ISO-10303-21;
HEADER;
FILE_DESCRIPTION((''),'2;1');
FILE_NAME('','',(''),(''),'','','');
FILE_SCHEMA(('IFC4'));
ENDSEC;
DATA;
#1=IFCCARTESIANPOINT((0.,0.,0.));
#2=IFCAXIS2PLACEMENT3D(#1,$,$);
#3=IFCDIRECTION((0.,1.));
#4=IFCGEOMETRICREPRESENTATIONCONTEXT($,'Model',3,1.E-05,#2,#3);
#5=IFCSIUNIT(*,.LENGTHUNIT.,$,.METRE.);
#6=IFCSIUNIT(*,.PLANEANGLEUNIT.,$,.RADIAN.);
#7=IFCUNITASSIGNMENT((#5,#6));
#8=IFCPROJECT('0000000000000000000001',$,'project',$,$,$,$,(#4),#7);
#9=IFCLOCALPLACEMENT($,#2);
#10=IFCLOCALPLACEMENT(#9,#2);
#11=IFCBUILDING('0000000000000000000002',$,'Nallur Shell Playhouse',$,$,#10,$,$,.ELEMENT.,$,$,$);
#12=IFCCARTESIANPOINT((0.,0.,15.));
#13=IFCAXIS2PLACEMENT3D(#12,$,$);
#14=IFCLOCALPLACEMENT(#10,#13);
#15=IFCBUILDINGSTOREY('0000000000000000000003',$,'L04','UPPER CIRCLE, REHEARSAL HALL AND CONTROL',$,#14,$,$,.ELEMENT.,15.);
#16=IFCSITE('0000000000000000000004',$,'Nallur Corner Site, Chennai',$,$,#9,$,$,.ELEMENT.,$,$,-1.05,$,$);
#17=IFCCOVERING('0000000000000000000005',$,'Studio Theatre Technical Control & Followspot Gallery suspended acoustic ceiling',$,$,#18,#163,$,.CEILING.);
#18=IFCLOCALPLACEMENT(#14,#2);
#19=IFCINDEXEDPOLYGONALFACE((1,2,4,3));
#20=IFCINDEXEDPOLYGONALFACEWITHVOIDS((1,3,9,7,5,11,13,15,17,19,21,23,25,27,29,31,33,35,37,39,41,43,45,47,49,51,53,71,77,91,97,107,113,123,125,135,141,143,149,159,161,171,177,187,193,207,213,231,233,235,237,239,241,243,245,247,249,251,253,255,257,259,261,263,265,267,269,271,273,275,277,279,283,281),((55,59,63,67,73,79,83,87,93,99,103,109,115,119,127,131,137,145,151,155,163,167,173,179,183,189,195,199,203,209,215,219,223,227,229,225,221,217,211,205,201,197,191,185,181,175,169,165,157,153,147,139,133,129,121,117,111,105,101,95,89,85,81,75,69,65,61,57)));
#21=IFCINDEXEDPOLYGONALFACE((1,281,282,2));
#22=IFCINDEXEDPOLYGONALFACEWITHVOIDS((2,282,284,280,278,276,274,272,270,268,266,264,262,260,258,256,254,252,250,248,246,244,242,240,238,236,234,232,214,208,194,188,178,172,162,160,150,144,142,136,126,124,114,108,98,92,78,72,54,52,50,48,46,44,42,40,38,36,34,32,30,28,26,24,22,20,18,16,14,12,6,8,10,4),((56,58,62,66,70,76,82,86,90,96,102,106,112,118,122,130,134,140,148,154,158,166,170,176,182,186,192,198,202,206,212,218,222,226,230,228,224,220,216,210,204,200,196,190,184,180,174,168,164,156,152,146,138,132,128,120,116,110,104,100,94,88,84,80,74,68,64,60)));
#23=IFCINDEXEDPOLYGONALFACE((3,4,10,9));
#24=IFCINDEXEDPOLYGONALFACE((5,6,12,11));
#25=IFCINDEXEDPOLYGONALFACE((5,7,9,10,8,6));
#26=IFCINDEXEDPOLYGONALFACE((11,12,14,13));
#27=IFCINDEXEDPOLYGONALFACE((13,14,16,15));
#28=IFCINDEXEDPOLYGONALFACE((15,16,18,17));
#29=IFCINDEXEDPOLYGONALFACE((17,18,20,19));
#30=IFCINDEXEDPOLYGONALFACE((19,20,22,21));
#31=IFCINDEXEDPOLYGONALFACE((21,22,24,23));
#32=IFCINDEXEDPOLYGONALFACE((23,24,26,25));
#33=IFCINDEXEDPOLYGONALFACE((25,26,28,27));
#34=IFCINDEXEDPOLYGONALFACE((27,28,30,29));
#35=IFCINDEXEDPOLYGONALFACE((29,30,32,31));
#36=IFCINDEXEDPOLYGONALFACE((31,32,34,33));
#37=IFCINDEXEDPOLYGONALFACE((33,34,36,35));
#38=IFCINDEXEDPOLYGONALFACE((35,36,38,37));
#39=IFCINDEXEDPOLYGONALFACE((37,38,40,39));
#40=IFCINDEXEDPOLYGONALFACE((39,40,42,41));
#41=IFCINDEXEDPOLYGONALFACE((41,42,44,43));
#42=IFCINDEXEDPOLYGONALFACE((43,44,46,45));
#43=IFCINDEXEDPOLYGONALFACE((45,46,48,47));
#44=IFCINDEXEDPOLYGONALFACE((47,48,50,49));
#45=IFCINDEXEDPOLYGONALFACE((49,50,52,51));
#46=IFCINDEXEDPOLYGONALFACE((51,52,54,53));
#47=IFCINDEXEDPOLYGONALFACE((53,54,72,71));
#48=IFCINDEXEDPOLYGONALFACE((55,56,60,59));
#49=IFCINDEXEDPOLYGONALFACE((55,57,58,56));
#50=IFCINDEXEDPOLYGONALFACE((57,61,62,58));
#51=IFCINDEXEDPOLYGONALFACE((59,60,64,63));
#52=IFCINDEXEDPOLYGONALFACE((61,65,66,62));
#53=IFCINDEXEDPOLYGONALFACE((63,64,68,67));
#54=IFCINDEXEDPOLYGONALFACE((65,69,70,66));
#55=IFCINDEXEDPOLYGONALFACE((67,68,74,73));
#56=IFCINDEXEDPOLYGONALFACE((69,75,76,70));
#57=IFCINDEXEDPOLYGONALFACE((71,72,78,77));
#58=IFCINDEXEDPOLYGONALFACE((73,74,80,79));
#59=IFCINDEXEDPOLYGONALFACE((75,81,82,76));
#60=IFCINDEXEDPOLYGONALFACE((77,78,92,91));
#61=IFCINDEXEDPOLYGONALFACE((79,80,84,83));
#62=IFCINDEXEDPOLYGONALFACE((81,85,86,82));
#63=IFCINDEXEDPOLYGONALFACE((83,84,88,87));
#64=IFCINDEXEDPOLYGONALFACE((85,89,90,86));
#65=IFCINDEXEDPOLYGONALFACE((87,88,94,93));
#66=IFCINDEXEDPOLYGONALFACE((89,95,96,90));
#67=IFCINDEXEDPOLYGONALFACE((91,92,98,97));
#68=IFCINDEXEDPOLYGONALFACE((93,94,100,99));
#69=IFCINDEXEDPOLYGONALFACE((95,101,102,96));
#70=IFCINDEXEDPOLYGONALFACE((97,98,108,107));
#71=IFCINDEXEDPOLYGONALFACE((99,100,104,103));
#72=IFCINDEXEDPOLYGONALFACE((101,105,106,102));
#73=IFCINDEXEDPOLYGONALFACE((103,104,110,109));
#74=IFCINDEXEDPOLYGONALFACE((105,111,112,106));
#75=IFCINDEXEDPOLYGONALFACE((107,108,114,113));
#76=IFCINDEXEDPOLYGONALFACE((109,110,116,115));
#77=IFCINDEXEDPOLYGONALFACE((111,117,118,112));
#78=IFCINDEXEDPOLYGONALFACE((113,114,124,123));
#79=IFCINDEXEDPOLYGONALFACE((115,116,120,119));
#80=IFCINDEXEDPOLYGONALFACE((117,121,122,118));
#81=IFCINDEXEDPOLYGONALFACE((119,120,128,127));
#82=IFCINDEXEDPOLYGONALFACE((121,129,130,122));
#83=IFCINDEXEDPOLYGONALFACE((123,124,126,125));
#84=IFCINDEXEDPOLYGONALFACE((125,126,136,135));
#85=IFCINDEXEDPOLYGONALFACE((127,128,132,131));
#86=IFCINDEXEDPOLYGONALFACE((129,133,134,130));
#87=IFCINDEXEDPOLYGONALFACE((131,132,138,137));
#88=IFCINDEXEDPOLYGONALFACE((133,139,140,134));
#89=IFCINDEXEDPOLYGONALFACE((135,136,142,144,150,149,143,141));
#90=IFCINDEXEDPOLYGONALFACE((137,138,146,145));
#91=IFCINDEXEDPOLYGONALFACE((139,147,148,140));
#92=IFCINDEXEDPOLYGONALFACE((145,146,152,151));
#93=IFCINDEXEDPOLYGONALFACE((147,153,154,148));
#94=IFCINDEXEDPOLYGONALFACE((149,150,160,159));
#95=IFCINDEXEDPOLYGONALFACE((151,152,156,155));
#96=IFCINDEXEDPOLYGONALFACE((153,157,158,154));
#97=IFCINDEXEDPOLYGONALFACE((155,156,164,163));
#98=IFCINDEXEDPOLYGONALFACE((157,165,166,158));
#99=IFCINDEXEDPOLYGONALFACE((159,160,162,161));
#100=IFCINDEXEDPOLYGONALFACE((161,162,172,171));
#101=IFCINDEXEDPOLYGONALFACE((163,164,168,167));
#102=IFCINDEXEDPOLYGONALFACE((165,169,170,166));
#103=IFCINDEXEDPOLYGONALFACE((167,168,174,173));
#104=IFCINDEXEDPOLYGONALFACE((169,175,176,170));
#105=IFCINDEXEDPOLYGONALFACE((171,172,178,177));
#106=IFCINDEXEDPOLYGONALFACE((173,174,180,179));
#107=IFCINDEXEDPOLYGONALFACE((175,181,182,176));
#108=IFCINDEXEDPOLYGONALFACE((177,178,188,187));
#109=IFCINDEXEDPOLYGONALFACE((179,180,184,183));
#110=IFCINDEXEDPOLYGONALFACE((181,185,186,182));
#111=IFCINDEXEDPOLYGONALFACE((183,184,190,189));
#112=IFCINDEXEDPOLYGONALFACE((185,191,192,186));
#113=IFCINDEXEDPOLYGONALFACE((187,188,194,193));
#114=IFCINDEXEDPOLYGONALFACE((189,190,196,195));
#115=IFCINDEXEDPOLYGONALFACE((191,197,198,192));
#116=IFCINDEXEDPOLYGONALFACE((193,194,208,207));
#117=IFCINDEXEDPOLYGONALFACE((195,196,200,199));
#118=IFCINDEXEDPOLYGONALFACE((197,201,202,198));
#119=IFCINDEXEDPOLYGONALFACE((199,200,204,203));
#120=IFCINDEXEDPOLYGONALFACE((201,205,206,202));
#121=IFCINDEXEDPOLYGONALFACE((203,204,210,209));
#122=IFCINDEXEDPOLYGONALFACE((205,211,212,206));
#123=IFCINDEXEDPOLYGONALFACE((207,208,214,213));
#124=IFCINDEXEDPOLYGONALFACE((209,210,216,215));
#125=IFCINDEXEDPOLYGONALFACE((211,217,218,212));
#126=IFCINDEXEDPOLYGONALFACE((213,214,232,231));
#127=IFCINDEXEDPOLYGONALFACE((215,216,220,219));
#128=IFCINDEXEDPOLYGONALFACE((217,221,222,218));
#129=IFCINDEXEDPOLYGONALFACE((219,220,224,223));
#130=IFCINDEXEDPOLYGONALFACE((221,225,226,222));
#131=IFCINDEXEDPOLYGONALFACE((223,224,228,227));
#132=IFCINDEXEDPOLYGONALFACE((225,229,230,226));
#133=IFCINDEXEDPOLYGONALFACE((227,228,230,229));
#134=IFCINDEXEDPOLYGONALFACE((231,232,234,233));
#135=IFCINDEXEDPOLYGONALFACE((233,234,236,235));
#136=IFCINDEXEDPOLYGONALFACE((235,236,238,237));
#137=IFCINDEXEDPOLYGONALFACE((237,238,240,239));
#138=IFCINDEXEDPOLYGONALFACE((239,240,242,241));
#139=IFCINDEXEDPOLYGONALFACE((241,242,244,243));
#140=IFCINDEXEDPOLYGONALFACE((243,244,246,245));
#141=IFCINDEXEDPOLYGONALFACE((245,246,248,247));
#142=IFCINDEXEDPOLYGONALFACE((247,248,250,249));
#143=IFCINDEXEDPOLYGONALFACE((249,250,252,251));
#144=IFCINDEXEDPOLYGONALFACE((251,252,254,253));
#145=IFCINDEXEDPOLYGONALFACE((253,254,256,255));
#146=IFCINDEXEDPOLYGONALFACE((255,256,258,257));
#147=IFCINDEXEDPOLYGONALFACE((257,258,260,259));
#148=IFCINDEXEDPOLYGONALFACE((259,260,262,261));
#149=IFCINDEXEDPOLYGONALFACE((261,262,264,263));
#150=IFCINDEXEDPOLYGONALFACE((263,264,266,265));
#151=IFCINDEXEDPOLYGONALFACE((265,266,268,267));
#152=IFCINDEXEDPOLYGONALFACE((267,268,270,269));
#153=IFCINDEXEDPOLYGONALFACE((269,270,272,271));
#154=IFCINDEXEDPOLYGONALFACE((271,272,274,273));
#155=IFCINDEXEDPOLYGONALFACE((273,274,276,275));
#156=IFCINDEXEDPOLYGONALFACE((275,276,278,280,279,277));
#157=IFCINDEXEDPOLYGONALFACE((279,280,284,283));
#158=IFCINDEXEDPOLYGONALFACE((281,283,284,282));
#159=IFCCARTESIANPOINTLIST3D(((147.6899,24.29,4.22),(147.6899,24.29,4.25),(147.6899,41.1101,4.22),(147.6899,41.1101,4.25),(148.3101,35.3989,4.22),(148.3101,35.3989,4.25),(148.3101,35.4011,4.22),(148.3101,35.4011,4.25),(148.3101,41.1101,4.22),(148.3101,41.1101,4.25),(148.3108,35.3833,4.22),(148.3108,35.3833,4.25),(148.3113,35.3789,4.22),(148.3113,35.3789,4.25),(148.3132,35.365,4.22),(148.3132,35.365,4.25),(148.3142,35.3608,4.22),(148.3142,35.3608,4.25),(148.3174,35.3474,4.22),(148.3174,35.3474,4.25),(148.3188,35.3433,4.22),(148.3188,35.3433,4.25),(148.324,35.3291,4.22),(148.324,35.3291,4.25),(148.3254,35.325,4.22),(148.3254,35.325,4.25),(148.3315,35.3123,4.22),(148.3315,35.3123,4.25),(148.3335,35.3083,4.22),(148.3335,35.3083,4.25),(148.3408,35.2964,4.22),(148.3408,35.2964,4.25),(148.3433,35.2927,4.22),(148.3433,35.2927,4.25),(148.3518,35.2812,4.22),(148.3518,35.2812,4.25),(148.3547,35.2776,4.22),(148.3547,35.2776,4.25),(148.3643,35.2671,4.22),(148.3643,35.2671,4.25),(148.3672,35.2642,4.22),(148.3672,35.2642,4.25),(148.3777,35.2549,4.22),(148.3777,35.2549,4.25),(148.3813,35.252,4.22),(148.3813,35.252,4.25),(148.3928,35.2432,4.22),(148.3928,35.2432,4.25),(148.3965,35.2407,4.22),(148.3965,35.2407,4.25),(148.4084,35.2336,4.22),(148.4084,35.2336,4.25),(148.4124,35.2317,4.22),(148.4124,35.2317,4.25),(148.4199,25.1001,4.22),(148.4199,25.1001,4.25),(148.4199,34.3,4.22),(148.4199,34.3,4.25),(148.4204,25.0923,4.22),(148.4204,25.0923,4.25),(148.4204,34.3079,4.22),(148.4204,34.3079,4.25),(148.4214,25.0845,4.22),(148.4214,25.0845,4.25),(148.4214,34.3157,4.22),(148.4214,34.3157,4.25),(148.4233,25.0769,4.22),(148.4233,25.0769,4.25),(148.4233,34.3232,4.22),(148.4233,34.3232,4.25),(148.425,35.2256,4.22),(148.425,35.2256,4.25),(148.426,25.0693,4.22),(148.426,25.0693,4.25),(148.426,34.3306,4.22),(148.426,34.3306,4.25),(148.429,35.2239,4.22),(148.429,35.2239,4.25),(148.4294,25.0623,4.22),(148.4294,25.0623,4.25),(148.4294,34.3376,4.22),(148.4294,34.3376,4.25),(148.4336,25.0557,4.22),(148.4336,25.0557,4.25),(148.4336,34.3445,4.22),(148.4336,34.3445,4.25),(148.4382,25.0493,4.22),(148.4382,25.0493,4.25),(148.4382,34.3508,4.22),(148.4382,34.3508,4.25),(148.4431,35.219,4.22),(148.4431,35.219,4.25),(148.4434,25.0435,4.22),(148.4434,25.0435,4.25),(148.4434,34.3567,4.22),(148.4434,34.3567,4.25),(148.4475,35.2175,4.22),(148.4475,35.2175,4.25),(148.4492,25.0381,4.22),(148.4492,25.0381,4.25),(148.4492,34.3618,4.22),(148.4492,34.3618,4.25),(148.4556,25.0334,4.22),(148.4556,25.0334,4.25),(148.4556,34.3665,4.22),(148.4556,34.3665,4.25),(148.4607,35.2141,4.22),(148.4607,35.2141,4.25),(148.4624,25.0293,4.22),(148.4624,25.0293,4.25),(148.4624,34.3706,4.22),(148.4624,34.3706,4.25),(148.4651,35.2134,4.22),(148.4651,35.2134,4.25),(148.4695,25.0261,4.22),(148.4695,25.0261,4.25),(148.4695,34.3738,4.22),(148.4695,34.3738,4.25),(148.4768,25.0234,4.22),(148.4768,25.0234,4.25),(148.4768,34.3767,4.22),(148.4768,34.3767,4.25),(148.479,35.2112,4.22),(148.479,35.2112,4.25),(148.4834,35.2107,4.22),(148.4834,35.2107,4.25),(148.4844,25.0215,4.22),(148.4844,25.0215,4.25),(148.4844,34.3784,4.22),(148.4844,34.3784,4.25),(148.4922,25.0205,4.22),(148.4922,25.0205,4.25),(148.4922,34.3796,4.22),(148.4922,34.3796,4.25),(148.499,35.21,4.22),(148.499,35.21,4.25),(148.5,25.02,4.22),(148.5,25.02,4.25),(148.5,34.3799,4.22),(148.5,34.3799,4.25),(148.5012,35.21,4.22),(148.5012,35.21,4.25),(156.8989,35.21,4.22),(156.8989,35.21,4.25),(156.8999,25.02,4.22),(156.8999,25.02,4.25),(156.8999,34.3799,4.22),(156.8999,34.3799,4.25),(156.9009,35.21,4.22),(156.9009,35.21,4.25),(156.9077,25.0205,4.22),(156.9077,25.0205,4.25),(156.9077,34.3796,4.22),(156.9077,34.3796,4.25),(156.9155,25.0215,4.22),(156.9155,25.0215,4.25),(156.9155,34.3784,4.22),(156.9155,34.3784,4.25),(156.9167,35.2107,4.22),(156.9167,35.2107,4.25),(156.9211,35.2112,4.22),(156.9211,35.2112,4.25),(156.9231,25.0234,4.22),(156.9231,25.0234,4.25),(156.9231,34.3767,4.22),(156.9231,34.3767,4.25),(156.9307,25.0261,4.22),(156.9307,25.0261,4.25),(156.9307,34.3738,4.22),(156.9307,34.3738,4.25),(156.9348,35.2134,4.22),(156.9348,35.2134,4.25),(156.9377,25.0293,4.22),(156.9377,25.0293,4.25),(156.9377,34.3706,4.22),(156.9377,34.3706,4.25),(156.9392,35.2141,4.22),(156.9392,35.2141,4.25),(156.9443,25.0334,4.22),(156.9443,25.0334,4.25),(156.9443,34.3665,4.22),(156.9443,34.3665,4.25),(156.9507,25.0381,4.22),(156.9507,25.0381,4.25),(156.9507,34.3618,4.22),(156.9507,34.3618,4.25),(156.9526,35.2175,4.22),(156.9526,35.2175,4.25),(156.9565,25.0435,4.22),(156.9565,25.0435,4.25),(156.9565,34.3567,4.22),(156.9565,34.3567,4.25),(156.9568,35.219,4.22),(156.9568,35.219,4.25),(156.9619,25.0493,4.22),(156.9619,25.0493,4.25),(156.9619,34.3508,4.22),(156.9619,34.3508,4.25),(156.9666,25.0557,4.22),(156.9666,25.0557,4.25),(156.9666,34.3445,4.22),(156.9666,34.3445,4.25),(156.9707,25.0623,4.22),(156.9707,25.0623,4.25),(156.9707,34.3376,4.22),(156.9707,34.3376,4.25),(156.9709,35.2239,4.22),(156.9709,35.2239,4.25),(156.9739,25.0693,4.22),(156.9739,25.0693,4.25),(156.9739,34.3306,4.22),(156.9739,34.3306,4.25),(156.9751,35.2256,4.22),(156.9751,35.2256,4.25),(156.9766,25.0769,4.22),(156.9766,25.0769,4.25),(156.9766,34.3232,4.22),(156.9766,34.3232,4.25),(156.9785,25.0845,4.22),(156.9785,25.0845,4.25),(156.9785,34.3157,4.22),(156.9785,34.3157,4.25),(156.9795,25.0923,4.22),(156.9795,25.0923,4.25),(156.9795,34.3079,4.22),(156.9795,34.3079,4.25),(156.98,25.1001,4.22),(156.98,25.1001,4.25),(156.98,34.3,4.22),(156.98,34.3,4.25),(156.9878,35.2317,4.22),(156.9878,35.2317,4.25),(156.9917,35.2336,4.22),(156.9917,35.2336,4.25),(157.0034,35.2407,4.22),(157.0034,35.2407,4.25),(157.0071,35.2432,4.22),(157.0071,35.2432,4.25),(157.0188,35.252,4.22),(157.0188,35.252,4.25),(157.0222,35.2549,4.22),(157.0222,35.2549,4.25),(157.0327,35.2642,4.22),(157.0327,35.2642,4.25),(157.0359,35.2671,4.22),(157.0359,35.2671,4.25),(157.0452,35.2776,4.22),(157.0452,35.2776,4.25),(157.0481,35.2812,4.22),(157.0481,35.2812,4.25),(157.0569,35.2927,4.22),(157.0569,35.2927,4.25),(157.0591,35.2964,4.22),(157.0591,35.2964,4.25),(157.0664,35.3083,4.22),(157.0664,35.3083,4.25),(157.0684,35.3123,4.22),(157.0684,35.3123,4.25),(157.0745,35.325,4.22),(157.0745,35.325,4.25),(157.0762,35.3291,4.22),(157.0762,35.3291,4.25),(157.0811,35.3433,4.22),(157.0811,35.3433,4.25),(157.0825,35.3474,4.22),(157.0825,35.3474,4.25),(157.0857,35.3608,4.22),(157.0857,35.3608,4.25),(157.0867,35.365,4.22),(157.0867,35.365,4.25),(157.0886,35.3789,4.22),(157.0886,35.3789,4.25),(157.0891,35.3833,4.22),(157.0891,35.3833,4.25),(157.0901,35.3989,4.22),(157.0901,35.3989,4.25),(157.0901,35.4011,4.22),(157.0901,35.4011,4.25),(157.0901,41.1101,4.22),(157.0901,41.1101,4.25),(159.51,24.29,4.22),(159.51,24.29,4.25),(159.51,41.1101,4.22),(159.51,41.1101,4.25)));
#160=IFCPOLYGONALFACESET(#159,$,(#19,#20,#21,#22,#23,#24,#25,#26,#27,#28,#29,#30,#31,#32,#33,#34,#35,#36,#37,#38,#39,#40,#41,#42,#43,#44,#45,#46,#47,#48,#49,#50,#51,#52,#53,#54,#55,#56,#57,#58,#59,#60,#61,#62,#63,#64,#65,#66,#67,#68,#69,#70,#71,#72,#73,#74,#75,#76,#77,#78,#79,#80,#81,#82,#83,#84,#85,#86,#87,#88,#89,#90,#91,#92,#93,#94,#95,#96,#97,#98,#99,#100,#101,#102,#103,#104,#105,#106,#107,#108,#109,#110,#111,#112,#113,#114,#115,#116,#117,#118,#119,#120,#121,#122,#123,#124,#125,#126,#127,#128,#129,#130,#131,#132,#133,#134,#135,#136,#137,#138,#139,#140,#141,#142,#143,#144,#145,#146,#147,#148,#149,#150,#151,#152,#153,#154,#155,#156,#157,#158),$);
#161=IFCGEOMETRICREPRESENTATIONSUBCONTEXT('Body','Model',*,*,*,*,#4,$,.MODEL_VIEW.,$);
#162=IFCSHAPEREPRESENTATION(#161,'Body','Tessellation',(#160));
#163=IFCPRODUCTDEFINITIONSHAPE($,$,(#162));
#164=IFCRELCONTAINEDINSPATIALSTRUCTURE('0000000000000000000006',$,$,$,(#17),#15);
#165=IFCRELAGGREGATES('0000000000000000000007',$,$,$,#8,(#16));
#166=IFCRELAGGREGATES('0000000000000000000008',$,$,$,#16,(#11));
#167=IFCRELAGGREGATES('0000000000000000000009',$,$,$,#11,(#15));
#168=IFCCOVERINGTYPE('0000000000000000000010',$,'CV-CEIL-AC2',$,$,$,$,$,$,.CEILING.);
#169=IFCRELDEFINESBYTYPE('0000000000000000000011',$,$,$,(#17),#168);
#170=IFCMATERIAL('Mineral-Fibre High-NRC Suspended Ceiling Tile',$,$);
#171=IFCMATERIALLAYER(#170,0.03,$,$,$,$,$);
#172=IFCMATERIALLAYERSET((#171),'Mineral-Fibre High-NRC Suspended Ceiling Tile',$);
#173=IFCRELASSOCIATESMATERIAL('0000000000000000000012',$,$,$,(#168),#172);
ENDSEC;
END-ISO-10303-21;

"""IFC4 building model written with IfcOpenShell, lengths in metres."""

from ifc_helpers import new_model, si_unit, direction, frame, origin, place, context, subcontext, project, spatial, polyline, outline, extrude, material, layer, layer_set, type_object, element, save


model = new_model("IFC4")

# Units and contexts
model_context = context("Model", 3, precision=1e-05, world=origin(), true_north=direction((0.0, 1.0)))
body_context = subcontext(model_context, "Body", "Model", "MODEL_VIEW")
ifc_project = project(units=[si_unit("LENGTHUNIT", "METRE"), si_unit("PLANEANGLEUNIT", "RADIAN")], contexts=[model_context])

# Site, building, storey
site_placement = place(None, origin())
site = spatial("IfcSite", under=ifc_project, at=site_placement, Name="Nallur Corner Site, Chennai", CompositionType="ELEMENT", RefElevation=-1.05)
building_placement = place(site_placement, origin())
building = spatial("IfcBuilding", under=site, at=building_placement, Name="Nallur Shell Playhouse", CompositionType="ELEMENT")
storey_placement = place(building_placement, frame((0.0, 0.0, 15.0)))
storey = spatial("IfcBuildingStorey", under=building, at=storey_placement, Name="L04", Description="UPPER CIRCLE, REHEARSAL HALL AND CONTROL", CompositionType="ELEMENT", Elevation=15.0)

# Covering
ifc_material_1 = material(Name="Mineral-Fibre High-NRC Suspended Ceiling Tile")
ifc_layer_1 = layer(ifc_material_1, 0.03)
ifc_layer_set_1 = layer_set([ifc_layer_1], Name="Mineral-Fibre High-NRC Suspended Ceiling Tile")
covering_type_1 = type_object("IfcCoveringType", Name="CV-CEIL-AC2", PredefinedType="CEILING", material=ifc_layer_set_1)
covering_1_placement = place(storey_placement, frame((0.0, 0.0, 4.22)))
element("IfcCovering", 1, at=covering_1_placement, inside=storey, type_object=covering_type_1, Name="Studio Theatre Technical Control & Followspot Gallery suspended acoustic ceiling", PredefinedType="CEILING", context=body_context, shape_type="SweptSolid", body=[
    extrude(outline(polyline([(148.3132, 35.365), (148.3142, 35.3608), (148.3174, 35.3474), (148.3188, 35.3433), (148.324, 35.3291), (148.3254, 35.325), (148.3315, 35.3123), (148.3335, 35.3083), (148.3408, 35.2964), (148.3433, 35.2927), (148.3518, 35.2812), (148.3547, 35.2776), (148.3643, 35.2671), (148.3672, 35.2642), (148.3777, 35.2549), (148.3813, 35.252), (148.3928, 35.2432), (148.3965, 35.2407), (148.4084, 35.2336), (148.4124, 35.2317), (148.425, 35.2256), (148.429, 35.2239), (148.4431, 35.219), (148.4475, 35.2175), (148.4607, 35.2141), (148.4651, 35.2134), (148.479, 35.2112), (148.4834, 35.2107), (148.499, 35.21), (148.5012, 35.21), (156.8989, 35.21), (156.9009, 35.21), (156.9167, 35.2107), (156.9211, 35.2112), (156.9348, 35.2134), (156.9392, 35.2141), (156.9526, 35.2175), (156.9568, 35.219), (156.9709, 35.2239), (156.9751, 35.2256), (156.9878, 35.2317), (156.9917, 35.2336), (157.0034, 35.2407), (157.0071, 35.2432), (157.0188, 35.252), (157.0222, 35.2549), (157.0327, 35.2642), (157.0359, 35.2671), (157.0452, 35.2776), (157.0481, 35.2812), (157.0569, 35.2927), (157.0591, 35.2964), (157.0664, 35.3083), (157.0684, 35.3123), (157.0745, 35.325), (157.0762, 35.3291), (157.0811, 35.3433), (157.0825, 35.3474), (157.0857, 35.3608), (157.0867, 35.365), (157.0886, 35.3789), (157.0891, 35.3833), (157.0901, 35.3989), (157.0901, 35.4011), (157.0901, 41.1101), (159.51, 41.1101), (159.51, 24.29), (147.6899, 24.29), (147.6899, 41.1101), (148.3101, 41.1101), (148.3101, 35.4011), (148.3101, 35.3989), (148.3108, 35.3833), (148.3113, 35.3789), (148.3132, 35.365)]), holes=[polyline([(156.9155, 25.0215), (156.9231, 25.0234), (156.9307, 25.0261), (156.9377, 25.0293), (156.9443, 25.0334), (156.9507, 25.0381), (156.9565, 25.0435), (156.9619, 25.0493), (156.9666, 25.0557), (156.9707, 25.0623), (156.9739, 25.0693), (156.9766, 25.0769), (156.9785, 25.0845), (156.9795, 25.0923), (156.98, 25.1001), (156.98, 34.3), (156.9795, 34.3079), (156.9785, 34.3157), (156.9766, 34.3232), (156.9739, 34.3306), (156.9707, 34.3376), (156.9666, 34.3445), (156.9619, 34.3508), (156.9565, 34.3567), (156.9507, 34.3618), (156.9443, 34.3665), (156.9377, 34.3706), (156.9307, 34.3738), (156.9231, 34.3767), (156.9155, 34.3784), (156.9077, 34.3796), (156.8999, 34.3799), (148.5, 34.3799), (148.4922, 34.3796), (148.4844, 34.3784), (148.4768, 34.3767), (148.4695, 34.3738), (148.4624, 34.3706), (148.4556, 34.3665), (148.4492, 34.3618), (148.4434, 34.3567), (148.4382, 34.3508), (148.4336, 34.3445), (148.4294, 34.3376), (148.426, 34.3306), (148.4233, 34.3232), (148.4214, 34.3157), (148.4204, 34.3079), (148.4199, 34.3), (148.4199, 25.1001), (148.4204, 25.0923), (148.4214, 25.0845), (148.4233, 25.0769), (148.426, 25.0693), (148.4294, 25.0623), (148.4336, 25.0557), (148.4382, 25.0493), (148.4434, 25.0435), (148.4492, 25.0381), (148.4556, 25.0334), (148.4624, 25.0293), (148.4695, 25.0261), (148.4768, 25.0234), (148.4844, 25.0215), (148.4922, 25.0205), (148.5, 25.02), (156.8999, 25.02), (156.9077, 25.0205), (156.9155, 25.0215)])]), origin(), (0.0, 0.0, 1.0), 0.03),
])

save(model, "model.ifc")
